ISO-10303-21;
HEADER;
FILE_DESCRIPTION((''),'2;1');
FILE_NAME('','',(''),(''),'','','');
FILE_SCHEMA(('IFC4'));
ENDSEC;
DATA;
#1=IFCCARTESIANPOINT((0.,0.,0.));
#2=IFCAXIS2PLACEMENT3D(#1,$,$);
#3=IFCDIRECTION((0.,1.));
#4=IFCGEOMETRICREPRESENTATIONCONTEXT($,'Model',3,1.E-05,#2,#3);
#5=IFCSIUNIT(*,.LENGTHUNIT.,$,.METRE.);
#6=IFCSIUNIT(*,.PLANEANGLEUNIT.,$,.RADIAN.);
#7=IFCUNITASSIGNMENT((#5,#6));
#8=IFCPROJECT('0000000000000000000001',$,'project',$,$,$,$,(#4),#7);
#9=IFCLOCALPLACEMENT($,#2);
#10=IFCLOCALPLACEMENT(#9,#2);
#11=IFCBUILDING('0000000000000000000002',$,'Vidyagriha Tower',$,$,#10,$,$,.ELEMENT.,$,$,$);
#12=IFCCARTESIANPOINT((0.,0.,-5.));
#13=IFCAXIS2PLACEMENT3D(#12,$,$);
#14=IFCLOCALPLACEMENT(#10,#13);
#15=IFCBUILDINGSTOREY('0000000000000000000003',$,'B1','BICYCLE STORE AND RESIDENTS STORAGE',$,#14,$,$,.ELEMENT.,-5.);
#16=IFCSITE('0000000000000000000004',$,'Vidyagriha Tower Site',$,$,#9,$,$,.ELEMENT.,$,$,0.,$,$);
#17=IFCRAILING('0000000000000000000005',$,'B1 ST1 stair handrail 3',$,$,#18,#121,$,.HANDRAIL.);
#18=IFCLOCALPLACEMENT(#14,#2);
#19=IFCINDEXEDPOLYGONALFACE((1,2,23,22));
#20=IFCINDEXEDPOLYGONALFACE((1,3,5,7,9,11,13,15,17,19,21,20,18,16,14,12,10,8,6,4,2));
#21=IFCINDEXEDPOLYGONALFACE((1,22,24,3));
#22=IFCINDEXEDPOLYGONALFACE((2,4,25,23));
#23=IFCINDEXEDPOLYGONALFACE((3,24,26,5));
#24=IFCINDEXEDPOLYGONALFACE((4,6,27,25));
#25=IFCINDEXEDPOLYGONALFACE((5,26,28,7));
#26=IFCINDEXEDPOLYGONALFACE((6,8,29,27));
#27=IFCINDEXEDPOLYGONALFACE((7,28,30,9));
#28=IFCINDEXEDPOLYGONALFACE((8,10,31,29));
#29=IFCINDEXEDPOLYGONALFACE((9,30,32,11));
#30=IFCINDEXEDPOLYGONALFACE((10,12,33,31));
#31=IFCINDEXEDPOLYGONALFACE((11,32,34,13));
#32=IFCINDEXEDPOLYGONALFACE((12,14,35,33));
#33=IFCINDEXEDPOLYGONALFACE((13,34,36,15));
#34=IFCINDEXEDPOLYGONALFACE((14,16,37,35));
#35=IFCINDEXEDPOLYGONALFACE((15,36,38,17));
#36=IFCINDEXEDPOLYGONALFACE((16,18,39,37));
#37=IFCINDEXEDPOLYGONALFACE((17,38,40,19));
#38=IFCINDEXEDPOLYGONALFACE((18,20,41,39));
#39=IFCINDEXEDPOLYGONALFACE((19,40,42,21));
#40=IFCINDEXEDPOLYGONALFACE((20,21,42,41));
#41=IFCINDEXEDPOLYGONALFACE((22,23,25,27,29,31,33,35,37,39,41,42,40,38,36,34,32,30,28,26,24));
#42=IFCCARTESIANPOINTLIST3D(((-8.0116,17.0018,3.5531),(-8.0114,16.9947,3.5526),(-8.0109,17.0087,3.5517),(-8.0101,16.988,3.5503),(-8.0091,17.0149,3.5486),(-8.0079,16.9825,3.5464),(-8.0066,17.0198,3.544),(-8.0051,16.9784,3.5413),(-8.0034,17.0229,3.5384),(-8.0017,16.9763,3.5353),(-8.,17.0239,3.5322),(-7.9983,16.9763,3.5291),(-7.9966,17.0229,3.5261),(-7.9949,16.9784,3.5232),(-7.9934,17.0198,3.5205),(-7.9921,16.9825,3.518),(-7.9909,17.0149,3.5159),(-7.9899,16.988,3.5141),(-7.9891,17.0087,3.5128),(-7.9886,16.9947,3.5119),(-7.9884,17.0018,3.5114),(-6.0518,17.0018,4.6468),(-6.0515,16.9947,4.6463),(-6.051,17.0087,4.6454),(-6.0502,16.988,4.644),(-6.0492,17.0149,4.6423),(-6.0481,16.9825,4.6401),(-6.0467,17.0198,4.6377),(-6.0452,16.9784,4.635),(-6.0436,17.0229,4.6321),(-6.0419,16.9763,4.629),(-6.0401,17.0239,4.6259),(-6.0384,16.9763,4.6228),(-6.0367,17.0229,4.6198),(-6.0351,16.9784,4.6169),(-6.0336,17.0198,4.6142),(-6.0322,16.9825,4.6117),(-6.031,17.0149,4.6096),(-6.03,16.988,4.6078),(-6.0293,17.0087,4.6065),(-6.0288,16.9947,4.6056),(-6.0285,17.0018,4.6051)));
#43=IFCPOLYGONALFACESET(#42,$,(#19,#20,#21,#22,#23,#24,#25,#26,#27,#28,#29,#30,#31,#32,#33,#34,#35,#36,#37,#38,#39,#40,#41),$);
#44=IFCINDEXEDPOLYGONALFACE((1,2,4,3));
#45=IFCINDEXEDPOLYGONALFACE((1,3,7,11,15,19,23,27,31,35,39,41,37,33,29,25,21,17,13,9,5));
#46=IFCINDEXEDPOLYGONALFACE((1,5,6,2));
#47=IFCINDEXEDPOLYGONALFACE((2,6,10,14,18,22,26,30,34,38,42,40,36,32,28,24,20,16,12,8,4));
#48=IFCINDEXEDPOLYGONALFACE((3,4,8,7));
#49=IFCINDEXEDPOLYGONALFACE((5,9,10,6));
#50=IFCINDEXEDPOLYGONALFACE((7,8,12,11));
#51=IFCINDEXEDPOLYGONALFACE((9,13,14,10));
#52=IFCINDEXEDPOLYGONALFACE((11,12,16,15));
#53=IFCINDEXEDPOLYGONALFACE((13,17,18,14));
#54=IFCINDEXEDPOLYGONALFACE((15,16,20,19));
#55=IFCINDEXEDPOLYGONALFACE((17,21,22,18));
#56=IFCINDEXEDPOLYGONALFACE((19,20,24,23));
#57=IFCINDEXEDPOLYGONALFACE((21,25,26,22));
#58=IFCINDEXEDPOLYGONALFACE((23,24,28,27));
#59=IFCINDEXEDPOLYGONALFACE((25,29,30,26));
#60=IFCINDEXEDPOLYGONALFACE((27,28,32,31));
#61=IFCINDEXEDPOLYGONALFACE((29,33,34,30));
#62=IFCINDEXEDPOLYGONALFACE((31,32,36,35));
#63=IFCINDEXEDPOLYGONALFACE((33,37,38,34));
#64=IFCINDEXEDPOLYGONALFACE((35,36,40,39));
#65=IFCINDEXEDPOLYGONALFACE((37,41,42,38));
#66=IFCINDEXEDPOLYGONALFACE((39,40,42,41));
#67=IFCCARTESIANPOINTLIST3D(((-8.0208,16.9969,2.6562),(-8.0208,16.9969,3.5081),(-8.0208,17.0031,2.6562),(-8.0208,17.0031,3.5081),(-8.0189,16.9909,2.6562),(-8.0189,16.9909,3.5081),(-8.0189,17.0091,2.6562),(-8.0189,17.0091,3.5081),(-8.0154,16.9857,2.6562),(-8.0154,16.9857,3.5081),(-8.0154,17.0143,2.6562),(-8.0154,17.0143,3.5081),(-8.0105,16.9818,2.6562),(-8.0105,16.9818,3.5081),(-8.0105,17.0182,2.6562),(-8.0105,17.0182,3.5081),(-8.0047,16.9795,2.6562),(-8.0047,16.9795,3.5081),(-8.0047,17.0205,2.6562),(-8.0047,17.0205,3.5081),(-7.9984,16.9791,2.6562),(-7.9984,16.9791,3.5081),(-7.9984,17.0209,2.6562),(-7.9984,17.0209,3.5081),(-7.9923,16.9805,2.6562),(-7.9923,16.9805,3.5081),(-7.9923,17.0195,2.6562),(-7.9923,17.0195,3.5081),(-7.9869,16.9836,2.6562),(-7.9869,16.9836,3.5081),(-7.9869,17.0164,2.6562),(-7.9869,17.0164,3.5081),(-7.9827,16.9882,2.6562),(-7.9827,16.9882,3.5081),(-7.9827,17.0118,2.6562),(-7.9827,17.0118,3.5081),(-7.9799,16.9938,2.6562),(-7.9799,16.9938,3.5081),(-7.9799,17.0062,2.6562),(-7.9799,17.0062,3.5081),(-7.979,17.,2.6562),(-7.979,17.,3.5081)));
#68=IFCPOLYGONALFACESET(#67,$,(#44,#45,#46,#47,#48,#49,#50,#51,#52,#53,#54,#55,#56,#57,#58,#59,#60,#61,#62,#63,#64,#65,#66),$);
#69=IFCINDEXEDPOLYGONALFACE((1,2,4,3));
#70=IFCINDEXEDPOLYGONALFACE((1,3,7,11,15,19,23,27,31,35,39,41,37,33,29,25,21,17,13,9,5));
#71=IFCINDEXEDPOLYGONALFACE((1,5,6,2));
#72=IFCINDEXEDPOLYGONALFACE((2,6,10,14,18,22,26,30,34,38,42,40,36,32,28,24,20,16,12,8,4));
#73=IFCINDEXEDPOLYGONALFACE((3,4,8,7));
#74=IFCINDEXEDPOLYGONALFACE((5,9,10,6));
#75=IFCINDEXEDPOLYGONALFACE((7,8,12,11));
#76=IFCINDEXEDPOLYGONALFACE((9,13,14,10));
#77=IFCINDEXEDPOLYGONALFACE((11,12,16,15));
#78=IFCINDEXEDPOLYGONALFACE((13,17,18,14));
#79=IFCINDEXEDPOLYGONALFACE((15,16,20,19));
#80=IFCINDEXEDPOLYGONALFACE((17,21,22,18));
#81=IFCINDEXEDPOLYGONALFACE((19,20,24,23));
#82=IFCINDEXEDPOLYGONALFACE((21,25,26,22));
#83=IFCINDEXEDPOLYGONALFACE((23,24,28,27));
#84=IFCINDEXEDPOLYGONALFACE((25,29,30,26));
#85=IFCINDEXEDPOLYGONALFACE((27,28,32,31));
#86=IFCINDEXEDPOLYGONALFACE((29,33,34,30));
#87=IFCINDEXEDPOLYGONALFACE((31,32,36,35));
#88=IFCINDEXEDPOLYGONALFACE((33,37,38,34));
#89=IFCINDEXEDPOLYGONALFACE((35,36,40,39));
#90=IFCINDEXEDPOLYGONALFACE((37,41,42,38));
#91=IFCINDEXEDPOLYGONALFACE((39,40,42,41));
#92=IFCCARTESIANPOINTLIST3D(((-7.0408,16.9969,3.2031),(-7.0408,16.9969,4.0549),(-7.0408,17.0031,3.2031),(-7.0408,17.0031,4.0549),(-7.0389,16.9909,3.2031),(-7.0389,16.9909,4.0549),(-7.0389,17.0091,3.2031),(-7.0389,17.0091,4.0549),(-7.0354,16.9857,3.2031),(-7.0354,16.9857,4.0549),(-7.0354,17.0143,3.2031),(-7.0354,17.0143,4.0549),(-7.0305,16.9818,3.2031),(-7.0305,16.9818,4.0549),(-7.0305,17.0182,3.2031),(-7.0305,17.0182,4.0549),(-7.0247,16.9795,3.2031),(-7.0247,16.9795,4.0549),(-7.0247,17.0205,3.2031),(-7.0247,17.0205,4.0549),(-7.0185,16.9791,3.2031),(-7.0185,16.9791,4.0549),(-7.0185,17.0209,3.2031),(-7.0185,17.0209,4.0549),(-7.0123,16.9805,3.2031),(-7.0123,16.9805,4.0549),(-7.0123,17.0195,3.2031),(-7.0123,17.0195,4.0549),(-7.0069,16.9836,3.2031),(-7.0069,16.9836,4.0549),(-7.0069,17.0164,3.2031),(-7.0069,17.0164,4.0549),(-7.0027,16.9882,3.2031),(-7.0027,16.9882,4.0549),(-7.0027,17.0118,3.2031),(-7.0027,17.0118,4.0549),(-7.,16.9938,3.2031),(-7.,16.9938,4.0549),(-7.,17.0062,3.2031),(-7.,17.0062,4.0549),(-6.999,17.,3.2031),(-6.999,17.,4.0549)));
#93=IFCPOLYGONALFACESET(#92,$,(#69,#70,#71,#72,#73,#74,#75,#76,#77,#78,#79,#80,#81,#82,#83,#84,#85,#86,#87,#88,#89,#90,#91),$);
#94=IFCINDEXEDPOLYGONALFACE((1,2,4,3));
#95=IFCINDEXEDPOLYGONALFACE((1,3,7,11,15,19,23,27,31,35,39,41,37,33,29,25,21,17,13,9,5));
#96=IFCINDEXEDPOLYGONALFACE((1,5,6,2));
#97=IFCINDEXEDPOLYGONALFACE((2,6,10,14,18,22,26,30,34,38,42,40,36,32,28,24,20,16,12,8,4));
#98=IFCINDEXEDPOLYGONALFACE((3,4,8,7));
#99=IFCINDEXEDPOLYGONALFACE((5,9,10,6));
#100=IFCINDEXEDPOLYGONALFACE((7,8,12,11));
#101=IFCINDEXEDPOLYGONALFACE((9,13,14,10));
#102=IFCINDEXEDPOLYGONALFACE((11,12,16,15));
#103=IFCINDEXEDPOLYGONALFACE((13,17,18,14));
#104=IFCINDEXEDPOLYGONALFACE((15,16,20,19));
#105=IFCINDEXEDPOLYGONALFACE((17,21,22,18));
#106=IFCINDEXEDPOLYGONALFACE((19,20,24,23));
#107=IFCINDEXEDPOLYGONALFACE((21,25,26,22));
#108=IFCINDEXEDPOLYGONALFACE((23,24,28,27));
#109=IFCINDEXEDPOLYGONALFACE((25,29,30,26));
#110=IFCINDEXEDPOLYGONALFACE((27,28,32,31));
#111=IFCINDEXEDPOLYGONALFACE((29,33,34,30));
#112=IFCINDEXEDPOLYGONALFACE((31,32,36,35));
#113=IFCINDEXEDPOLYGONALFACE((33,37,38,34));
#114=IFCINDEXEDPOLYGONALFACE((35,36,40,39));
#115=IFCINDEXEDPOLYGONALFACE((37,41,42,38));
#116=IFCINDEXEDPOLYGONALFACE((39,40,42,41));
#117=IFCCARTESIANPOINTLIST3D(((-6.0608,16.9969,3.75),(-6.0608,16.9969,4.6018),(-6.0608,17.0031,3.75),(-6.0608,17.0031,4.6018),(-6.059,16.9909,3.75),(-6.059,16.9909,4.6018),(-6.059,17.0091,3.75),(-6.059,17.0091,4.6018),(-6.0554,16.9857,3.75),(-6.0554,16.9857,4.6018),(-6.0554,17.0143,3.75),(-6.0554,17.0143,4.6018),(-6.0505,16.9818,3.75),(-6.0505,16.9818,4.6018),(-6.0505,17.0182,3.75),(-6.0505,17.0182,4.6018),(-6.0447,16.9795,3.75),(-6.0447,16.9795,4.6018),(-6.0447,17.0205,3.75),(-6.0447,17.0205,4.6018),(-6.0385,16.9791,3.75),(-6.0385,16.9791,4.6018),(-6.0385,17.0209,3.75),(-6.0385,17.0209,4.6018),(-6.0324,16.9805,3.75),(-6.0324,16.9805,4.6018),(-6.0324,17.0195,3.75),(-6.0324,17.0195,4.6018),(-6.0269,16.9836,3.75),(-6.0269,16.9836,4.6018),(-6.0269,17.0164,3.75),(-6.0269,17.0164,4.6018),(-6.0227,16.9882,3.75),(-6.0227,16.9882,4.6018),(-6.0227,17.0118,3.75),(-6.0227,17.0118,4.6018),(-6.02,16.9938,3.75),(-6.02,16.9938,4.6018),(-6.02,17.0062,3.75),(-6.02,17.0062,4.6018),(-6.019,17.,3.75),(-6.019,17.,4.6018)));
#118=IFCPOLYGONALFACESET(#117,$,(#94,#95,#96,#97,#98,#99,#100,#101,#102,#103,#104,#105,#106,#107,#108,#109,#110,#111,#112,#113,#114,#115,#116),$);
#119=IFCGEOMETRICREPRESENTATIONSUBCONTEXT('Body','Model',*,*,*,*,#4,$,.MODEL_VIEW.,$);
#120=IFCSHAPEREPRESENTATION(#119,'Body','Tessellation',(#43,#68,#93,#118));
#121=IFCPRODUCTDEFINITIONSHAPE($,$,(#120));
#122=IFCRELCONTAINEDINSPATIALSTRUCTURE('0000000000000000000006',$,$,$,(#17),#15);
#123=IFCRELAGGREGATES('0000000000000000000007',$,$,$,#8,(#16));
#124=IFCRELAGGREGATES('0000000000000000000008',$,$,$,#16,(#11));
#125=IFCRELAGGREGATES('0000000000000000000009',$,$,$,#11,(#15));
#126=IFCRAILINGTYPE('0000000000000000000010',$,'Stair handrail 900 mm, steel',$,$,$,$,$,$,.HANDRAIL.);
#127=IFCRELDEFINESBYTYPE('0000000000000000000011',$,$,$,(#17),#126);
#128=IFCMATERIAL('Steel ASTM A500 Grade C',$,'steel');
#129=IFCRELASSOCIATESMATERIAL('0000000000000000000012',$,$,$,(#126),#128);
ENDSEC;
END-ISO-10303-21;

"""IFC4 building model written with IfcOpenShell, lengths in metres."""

from ifc_helpers import new_model, si_unit, direction, frame, origin, origin_2d, place, context, subcontext, project, spatial, circle, extrude, material, type_object, element, save


model = new_model("IFC4")

# Units and contexts
model_context = context("Model", 3, precision=1e-05, world=origin(), true_north=direction((0.0, 1.0)))
body_context = subcontext(model_context, "Body", "Model", "MODEL_VIEW")
ifc_project = project(units=[si_unit("LENGTHUNIT", "METRE"), si_unit("PLANEANGLEUNIT", "RADIAN")], contexts=[model_context])

# Site, building, storey
site_placement = place(None, origin())
site = spatial("IfcSite", under=ifc_project, at=site_placement, Name="Vidyagriha Tower Site", CompositionType="ELEMENT", RefElevation=0.0)
building_placement = place(site_placement, origin())
building = spatial("IfcBuilding", under=site, at=building_placement, Name="Vidyagriha Tower", CompositionType="ELEMENT")
storey_placement = place(building_placement, frame((0.0, 0.0, -5.0)))
storey = spatial("IfcBuildingStorey", under=building, at=storey_placement, Name="B1", Description="BICYCLE STORE AND RESIDENTS STORAGE", CompositionType="ELEMENT", Elevation=-5.0)

# Railing
ifc_material_1 = material(Name="Steel ASTM A500 Grade C", Category="steel")
railing_type_1 = type_object("IfcRailingType", Name="Stair handrail 900 mm, steel", PredefinedType="HANDRAIL", material=ifc_material_1)
for number, where, name in (
    (1, (-8.0, 17.0, 2.6562), "B1 ST1 stair handrail 3"),
):
    element("IfcRailing", number, at=place(storey_placement, frame(where)), inside=storey, type_object=railing_type_1, Name=name, PredefinedType="HANDRAIL", context=body_context, shape_type="SweptSolid", body=[
        extrude(circle(Radius=0.0239, at=origin_2d()), frame((0.0, 0.0, 0.876), z_axis=(0.873232, 0.0, 0.487304), x_axis=(0.0, 1.0, 0.0)), (0.0, 0.0, 1.0), 2.2444),
        extrude(circle(Radius=0.021, at=origin_2d()), origin(), (0.0, 0.0, 1.0), 0.8518),
        extrude(circle(Radius=0.021, at=origin_2d()), frame((0.98, 0.0, 0.5469)), (0.0, 0.0, 1.0), 0.8518),
        extrude(circle(Radius=0.021, at=origin_2d()), frame((1.96, 0.0, 1.0938)), (0.0, 0.0, 1.0), 0.8518),
    ])

save(model, "model.ifc")
